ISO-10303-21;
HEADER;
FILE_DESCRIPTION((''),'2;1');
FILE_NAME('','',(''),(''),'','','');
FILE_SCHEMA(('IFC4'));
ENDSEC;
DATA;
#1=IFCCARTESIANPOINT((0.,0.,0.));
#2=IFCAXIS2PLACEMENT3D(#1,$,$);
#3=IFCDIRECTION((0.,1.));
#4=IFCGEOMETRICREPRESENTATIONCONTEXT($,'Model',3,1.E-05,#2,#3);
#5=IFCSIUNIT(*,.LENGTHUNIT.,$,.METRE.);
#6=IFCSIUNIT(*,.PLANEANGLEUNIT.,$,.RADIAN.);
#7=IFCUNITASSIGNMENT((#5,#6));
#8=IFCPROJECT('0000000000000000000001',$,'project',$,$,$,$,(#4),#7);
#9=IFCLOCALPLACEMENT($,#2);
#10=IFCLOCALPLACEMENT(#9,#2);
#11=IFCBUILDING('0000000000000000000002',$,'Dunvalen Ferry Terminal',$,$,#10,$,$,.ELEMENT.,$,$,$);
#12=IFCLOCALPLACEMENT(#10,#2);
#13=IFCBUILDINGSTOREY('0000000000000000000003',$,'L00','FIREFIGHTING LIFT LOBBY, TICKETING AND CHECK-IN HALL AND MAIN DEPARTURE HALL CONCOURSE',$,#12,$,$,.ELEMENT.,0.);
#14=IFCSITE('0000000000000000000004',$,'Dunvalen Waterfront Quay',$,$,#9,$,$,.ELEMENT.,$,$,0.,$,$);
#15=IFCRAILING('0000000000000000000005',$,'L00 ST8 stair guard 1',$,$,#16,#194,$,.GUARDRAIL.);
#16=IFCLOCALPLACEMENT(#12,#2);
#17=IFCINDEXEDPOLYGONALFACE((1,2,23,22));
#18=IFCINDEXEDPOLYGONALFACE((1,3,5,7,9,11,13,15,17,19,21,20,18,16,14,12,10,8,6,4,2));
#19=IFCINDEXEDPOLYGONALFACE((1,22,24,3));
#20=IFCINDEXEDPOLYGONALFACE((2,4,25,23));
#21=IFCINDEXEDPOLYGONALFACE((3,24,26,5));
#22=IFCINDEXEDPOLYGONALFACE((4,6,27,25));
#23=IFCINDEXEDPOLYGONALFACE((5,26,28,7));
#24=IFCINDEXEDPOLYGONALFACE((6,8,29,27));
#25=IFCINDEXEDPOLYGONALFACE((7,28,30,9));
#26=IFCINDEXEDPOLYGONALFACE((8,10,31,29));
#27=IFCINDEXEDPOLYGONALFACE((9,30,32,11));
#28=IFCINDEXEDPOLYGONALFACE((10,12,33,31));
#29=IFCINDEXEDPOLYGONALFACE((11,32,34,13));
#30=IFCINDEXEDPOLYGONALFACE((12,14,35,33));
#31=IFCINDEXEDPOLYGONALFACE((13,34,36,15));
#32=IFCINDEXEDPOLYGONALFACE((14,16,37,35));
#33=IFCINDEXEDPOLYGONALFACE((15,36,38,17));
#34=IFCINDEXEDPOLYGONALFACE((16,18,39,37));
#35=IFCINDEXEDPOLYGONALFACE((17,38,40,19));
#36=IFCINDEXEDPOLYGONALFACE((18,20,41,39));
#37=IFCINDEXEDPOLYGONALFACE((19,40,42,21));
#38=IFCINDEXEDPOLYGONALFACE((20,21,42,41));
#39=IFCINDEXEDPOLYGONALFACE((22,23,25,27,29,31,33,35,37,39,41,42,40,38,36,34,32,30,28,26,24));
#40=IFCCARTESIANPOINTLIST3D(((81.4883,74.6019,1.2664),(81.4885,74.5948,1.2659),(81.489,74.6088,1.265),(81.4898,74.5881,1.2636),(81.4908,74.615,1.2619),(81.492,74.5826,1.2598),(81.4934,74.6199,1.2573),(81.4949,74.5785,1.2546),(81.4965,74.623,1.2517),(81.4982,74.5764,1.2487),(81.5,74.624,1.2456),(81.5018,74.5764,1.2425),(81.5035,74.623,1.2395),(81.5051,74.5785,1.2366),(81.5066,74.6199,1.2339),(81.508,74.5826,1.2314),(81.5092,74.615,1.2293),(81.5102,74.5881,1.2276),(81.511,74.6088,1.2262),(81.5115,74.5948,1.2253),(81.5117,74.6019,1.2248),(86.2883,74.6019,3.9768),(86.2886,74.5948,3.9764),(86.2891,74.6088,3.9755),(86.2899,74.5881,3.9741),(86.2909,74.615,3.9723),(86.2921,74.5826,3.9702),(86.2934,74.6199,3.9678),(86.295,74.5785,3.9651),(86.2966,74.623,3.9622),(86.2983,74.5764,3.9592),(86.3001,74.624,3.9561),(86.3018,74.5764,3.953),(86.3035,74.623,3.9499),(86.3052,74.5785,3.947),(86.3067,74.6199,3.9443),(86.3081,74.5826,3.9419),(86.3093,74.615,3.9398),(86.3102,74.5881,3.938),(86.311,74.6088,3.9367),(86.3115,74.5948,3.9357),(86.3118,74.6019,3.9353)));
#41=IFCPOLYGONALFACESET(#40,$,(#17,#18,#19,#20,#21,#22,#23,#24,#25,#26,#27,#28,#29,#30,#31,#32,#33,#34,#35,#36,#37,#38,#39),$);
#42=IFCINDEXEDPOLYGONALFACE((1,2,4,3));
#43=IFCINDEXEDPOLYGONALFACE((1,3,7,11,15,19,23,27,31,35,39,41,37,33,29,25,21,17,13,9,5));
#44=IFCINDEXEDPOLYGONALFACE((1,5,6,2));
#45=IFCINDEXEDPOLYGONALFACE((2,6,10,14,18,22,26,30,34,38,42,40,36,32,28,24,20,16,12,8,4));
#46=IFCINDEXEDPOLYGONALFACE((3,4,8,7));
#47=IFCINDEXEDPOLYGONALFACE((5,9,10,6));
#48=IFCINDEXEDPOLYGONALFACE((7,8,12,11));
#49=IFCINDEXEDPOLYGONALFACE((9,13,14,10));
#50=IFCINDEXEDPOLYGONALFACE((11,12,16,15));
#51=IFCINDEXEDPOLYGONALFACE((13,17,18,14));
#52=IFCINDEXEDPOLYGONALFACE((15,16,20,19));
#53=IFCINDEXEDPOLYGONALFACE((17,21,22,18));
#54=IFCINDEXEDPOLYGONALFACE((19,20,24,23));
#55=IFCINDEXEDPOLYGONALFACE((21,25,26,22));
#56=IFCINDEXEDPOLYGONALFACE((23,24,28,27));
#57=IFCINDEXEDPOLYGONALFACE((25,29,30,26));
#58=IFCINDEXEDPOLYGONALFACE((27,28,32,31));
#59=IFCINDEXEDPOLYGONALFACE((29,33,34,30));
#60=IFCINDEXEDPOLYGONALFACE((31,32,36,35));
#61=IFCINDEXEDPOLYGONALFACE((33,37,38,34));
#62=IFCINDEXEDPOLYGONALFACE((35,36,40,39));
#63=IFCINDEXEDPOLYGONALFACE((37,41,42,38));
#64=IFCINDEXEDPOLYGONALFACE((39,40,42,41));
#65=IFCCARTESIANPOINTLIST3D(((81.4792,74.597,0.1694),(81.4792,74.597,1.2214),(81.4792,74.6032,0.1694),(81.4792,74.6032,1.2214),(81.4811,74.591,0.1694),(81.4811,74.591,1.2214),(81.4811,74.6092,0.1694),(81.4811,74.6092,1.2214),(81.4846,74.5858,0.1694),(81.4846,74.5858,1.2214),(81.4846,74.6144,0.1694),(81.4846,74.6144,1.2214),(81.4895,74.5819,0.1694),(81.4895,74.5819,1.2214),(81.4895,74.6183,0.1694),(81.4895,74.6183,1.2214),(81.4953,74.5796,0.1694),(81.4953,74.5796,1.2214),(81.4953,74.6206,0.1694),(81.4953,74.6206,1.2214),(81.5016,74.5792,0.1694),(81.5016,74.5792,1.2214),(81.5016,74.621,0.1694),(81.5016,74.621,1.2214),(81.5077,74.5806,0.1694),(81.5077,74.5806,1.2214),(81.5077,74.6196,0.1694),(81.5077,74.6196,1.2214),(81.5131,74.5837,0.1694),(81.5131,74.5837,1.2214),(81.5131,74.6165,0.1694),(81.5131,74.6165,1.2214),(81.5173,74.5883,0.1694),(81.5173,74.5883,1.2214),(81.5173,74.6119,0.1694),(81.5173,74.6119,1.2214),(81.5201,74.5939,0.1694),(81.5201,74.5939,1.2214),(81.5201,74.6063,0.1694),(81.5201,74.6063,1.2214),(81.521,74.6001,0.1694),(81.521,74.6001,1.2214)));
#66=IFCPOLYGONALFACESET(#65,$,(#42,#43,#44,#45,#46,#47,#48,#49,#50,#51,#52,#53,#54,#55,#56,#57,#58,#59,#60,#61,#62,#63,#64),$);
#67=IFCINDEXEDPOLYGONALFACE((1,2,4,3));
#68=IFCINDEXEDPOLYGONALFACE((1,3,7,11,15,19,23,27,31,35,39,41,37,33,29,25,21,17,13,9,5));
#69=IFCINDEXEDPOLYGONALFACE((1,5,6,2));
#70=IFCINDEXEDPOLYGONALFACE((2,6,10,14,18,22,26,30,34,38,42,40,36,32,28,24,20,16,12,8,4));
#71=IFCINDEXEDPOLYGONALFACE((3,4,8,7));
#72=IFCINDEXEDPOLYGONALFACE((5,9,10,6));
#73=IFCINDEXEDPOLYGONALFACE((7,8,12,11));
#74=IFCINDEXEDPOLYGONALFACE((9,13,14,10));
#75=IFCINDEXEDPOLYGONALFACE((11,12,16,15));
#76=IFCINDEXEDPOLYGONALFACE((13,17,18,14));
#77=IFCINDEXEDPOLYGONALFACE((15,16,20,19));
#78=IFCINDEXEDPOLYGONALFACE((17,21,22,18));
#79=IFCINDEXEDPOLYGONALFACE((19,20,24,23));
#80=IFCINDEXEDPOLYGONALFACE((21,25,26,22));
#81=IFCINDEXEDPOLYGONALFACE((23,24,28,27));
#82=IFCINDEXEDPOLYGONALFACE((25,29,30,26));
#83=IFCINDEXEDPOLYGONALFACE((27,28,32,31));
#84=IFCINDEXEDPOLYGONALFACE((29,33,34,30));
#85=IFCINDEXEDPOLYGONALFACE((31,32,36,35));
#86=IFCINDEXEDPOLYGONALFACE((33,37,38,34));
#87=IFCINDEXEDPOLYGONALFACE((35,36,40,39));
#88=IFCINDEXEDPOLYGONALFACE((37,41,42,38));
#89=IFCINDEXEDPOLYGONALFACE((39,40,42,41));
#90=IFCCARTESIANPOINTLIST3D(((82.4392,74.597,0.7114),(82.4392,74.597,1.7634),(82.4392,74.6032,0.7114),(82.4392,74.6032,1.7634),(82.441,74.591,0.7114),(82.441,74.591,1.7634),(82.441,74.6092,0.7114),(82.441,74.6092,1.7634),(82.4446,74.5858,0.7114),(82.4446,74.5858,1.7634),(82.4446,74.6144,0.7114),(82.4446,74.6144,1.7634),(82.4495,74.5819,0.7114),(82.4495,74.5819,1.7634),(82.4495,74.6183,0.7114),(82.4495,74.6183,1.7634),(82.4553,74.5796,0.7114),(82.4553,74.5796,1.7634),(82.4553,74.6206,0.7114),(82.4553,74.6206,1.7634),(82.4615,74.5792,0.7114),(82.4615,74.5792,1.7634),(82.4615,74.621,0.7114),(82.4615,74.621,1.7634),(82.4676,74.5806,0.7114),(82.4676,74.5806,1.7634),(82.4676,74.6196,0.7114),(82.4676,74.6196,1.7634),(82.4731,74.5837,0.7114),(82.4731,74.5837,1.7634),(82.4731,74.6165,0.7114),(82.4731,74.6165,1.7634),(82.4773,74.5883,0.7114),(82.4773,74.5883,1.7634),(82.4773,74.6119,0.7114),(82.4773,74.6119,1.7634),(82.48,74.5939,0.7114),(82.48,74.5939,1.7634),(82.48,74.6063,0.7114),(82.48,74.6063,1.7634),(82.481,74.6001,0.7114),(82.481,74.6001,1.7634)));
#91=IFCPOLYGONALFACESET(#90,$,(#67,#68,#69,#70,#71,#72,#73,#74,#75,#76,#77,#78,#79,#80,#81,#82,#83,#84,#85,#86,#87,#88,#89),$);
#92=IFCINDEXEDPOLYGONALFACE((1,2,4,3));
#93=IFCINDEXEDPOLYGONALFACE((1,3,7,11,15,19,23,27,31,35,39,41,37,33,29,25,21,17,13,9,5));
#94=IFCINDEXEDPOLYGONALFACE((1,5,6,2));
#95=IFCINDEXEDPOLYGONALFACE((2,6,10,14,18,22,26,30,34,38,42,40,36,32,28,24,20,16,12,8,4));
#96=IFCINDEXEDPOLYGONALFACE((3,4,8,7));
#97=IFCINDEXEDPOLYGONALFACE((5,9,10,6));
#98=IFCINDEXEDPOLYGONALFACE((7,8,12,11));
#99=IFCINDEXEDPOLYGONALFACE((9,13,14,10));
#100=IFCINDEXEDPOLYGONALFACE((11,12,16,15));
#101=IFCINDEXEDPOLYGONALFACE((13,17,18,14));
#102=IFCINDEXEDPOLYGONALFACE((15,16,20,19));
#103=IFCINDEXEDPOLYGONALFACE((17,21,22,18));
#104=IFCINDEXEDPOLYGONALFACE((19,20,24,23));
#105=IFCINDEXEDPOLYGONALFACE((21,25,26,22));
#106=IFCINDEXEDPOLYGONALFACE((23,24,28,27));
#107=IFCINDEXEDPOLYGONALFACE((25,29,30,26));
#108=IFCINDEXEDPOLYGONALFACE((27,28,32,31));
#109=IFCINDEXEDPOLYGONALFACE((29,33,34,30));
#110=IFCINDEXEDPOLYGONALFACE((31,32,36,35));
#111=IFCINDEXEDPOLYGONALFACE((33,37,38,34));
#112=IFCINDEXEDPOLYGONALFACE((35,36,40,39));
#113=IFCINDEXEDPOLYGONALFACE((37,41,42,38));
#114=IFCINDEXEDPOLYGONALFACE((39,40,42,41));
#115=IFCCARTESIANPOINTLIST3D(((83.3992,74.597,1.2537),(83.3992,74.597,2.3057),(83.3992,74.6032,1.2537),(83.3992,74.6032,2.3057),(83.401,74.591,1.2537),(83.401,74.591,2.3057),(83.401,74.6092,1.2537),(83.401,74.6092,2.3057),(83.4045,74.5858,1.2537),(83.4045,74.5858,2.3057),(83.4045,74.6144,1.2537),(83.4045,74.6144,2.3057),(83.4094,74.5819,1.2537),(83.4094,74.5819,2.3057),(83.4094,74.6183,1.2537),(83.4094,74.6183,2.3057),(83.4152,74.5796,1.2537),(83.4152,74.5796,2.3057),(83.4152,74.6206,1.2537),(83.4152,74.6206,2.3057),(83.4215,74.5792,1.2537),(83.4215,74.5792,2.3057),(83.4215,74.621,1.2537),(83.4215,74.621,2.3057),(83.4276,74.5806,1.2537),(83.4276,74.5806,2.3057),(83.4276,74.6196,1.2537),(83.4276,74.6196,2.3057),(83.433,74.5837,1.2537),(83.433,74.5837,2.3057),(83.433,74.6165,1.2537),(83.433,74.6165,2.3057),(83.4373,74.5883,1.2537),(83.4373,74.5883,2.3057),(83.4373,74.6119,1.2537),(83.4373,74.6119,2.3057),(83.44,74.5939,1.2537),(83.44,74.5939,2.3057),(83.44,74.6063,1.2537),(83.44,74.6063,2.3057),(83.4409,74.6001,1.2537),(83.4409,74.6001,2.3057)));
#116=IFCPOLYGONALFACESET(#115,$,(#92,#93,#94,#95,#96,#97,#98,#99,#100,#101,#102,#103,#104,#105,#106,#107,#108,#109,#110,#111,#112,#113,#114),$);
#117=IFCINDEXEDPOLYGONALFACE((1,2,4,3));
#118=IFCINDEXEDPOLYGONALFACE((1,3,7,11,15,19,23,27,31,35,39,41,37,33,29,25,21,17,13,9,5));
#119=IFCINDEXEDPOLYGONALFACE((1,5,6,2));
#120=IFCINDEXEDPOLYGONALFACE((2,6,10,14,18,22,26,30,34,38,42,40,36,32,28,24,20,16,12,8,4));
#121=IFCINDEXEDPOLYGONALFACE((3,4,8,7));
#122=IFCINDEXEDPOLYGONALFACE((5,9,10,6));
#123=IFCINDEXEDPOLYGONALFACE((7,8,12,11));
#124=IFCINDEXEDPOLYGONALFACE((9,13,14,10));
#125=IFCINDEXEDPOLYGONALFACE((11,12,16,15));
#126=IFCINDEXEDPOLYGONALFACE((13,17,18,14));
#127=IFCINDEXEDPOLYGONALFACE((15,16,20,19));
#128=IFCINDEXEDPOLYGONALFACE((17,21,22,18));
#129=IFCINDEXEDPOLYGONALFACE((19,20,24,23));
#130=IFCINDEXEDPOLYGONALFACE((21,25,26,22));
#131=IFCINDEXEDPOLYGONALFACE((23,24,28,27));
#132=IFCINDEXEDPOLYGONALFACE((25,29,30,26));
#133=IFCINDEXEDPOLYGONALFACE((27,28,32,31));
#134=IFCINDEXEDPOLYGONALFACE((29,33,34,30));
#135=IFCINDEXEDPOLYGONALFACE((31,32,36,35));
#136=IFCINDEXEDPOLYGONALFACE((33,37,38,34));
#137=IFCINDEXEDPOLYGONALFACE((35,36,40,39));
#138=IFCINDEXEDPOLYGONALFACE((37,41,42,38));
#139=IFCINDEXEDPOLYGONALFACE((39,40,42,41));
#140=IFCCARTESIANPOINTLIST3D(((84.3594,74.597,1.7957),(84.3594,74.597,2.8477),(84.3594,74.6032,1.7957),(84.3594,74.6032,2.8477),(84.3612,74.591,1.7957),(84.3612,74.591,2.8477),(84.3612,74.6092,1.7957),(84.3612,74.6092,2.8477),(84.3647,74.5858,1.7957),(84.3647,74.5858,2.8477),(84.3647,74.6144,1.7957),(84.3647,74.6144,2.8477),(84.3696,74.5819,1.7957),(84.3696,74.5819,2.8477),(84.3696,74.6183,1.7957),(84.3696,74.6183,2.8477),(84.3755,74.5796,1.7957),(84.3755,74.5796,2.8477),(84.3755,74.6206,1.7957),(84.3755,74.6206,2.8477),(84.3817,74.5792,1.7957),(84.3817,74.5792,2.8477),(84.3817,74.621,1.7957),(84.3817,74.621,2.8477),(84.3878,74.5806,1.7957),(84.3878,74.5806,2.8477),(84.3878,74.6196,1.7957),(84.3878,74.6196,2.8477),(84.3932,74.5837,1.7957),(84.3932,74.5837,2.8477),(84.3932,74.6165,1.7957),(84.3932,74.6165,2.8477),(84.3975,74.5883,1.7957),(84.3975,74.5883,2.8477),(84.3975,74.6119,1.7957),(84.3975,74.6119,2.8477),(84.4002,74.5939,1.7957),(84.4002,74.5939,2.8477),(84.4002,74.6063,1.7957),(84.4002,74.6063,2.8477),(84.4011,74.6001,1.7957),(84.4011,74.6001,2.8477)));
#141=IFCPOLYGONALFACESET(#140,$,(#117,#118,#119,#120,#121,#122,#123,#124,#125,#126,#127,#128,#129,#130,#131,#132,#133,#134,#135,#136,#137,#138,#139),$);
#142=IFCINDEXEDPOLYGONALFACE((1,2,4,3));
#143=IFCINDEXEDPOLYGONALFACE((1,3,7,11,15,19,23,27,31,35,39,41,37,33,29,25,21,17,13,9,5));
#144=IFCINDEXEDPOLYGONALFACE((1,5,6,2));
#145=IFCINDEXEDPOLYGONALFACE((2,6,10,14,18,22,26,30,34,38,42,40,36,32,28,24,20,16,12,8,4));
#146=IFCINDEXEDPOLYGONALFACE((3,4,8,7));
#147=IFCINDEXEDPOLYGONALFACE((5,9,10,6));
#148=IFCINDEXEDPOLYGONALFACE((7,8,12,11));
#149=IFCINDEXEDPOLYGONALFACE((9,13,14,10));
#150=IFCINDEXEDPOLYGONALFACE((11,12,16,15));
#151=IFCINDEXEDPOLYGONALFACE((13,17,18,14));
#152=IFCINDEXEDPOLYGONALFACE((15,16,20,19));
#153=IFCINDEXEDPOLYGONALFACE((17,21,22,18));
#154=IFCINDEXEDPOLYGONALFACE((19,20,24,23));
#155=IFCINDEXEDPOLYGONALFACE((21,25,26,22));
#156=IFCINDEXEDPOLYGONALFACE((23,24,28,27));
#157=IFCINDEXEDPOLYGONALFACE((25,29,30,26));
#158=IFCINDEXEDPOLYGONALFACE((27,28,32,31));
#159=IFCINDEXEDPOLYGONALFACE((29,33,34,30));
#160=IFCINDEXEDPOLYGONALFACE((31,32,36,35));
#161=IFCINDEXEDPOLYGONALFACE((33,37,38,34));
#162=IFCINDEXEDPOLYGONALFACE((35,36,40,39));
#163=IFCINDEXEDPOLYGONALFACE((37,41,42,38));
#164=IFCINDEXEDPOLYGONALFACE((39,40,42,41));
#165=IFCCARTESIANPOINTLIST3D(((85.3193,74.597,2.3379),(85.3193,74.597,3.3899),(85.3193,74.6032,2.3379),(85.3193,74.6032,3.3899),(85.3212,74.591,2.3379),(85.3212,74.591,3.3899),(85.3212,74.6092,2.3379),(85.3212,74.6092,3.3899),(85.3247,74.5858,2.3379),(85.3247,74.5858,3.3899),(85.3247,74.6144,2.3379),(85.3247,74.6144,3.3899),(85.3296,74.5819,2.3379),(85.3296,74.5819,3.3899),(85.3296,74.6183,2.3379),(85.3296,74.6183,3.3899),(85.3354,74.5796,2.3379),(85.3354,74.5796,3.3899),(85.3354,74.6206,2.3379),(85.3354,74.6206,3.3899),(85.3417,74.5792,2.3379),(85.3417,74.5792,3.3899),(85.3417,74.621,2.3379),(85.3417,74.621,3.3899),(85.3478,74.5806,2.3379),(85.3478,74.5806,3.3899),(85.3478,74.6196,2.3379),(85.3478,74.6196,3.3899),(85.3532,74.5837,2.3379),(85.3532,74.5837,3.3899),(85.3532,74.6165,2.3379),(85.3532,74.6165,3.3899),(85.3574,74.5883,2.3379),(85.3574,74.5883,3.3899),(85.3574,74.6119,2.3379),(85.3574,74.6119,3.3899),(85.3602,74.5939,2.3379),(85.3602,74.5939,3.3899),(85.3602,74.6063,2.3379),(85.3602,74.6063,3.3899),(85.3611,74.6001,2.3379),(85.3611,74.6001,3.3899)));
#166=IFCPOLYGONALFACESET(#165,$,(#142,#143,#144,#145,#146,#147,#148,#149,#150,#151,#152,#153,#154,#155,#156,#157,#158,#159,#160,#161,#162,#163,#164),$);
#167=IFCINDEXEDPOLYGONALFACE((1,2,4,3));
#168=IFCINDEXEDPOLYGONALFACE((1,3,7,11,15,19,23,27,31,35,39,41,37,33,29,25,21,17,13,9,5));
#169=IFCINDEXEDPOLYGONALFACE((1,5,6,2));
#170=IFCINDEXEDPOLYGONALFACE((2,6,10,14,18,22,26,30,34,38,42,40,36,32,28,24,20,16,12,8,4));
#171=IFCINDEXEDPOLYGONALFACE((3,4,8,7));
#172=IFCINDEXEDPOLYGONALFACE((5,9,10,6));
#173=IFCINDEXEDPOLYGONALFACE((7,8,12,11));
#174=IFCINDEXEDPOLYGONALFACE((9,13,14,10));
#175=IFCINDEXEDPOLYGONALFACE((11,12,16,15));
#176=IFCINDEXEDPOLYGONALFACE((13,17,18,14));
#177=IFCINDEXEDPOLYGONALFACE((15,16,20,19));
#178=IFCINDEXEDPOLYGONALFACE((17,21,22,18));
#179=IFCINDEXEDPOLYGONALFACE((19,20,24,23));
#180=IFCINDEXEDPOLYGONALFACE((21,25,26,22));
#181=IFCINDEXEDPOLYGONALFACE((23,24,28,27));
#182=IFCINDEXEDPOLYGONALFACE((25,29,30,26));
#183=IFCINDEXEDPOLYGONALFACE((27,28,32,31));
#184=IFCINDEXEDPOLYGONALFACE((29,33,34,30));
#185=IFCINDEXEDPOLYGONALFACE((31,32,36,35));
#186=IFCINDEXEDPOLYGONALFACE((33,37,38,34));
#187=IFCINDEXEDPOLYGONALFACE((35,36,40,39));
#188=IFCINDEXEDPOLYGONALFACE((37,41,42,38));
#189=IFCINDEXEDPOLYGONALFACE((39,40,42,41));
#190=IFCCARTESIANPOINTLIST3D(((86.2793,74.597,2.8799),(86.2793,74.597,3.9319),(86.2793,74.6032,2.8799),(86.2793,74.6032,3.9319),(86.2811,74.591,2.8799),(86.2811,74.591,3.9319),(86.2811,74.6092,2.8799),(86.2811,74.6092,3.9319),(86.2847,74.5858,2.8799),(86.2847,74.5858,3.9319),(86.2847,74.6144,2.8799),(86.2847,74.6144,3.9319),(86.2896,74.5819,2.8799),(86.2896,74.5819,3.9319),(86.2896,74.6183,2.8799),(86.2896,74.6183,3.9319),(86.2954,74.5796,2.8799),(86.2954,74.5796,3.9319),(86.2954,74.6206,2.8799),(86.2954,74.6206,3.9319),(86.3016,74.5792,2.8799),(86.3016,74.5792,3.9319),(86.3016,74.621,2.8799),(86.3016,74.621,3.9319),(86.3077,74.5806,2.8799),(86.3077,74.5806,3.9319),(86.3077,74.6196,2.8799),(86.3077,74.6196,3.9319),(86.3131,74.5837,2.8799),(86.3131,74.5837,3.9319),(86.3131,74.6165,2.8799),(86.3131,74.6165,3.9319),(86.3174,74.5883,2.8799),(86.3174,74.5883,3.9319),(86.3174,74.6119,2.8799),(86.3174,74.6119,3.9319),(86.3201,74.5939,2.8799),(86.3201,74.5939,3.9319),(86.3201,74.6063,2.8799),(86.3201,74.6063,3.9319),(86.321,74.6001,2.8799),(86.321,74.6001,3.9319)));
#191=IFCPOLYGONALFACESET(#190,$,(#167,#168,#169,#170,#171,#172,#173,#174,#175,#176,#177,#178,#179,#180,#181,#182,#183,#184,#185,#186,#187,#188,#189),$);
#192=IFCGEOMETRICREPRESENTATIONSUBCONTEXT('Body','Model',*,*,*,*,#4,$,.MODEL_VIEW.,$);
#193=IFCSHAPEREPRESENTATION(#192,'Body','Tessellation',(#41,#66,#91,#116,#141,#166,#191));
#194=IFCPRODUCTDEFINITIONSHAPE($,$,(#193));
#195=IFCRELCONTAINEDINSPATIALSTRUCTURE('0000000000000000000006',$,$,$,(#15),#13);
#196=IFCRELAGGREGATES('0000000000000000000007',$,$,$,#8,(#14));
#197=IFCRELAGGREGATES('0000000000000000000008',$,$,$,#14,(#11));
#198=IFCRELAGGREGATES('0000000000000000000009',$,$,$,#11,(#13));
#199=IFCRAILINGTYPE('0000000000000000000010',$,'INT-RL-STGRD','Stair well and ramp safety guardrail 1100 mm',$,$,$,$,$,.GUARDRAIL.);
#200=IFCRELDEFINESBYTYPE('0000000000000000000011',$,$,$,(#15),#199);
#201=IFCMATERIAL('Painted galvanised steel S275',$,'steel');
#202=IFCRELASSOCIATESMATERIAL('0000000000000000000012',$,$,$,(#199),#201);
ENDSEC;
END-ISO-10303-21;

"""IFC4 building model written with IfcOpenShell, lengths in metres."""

from ifc_helpers import new_model, si_unit, direction, frame, origin, origin_2d, place, context, subcontext, project, spatial, circle, extrude, material, type_object, element, save


model = new_model("IFC4")

# Units and contexts
model_context = context("Model", 3, precision=1e-05, world=origin(), true_north=direction((0.0, 1.0)))
body_context = subcontext(model_context, "Body", "Model", "MODEL_VIEW")
ifc_project = project(units=[si_unit("LENGTHUNIT", "METRE"), si_unit("PLANEANGLEUNIT", "RADIAN")], contexts=[model_context])

# Site, building, storey
site_placement = place(None, origin())
site = spatial("IfcSite", under=ifc_project, at=site_placement, Name="Dunvalen Waterfront Quay", CompositionType="ELEMENT", RefElevation=0.0)
building_placement = place(site_placement, origin())
building = spatial("IfcBuilding", under=site, at=building_placement, Name="Dunvalen Ferry Terminal", CompositionType="ELEMENT")
storey_placement = place(building_placement, origin())
storey = spatial("IfcBuildingStorey", under=building, at=storey_placement, Name="L00", Description="FIREFIGHTING LIFT LOBBY, TICKETING AND CHECK-IN HALL AND MAIN DEPARTURE HALL CONCOURSE", CompositionType="ELEMENT", Elevation=0.0)

# Railing
ifc_material_1 = material(Name="Painted galvanised steel S275", Category="steel")
railing_type_1 = type_object("IfcRailingType", Name="INT-RL-STGRD", Description="Stair well and ramp safety guardrail 1100 mm", PredefinedType="GUARDRAIL", material=ifc_material_1)
railing_1_placement = place(storey_placement, frame((81.5, 74.6001, 0.1694)))
element("IfcRailing", 1, at=railing_1_placement, inside=storey, type_object=railing_type_1, Name="L00 ST8 stair guard 1", PredefinedType="GUARDRAIL", context=body_context, shape_type="SweptSolid", body=[
    extrude(circle(Radius=0.0239, at=origin_2d()), frame((0.0, 0.0, 1.0762), z_axis=(0.870767, 0.0, 0.491697), x_axis=(0.0, 1.0, 0.0)), (0.0, 0.0, 1.0), 5.5125),
    extrude(circle(Radius=0.021, at=origin_2d()), origin(), (0.0, 0.0, 1.0), 1.052),
    extrude(circle(Radius=0.021, at=origin_2d()), frame((0.96, 0.0, 0.542)), (0.0, 0.0, 1.0), 1.052),
    extrude(circle(Radius=0.021, at=origin_2d()), frame((1.9199, 0.0, 1.0842)), (0.0, 0.0, 1.0), 1.052),
    extrude(circle(Radius=0.021, at=origin_2d()), frame((2.8801, 0.0, 1.6262)), (0.0, 0.0, 1.0), 1.052),
    extrude(circle(Radius=0.021, at=origin_2d()), frame((3.8401, 0.0, 2.1685)), (0.0, 0.0, 1.0), 1.052),
    extrude(circle(Radius=0.021, at=origin_2d()), frame((4.8, 0.0, 2.7104)), (0.0, 0.0, 1.0), 1.052),
])

save(model, "model.ifc")
